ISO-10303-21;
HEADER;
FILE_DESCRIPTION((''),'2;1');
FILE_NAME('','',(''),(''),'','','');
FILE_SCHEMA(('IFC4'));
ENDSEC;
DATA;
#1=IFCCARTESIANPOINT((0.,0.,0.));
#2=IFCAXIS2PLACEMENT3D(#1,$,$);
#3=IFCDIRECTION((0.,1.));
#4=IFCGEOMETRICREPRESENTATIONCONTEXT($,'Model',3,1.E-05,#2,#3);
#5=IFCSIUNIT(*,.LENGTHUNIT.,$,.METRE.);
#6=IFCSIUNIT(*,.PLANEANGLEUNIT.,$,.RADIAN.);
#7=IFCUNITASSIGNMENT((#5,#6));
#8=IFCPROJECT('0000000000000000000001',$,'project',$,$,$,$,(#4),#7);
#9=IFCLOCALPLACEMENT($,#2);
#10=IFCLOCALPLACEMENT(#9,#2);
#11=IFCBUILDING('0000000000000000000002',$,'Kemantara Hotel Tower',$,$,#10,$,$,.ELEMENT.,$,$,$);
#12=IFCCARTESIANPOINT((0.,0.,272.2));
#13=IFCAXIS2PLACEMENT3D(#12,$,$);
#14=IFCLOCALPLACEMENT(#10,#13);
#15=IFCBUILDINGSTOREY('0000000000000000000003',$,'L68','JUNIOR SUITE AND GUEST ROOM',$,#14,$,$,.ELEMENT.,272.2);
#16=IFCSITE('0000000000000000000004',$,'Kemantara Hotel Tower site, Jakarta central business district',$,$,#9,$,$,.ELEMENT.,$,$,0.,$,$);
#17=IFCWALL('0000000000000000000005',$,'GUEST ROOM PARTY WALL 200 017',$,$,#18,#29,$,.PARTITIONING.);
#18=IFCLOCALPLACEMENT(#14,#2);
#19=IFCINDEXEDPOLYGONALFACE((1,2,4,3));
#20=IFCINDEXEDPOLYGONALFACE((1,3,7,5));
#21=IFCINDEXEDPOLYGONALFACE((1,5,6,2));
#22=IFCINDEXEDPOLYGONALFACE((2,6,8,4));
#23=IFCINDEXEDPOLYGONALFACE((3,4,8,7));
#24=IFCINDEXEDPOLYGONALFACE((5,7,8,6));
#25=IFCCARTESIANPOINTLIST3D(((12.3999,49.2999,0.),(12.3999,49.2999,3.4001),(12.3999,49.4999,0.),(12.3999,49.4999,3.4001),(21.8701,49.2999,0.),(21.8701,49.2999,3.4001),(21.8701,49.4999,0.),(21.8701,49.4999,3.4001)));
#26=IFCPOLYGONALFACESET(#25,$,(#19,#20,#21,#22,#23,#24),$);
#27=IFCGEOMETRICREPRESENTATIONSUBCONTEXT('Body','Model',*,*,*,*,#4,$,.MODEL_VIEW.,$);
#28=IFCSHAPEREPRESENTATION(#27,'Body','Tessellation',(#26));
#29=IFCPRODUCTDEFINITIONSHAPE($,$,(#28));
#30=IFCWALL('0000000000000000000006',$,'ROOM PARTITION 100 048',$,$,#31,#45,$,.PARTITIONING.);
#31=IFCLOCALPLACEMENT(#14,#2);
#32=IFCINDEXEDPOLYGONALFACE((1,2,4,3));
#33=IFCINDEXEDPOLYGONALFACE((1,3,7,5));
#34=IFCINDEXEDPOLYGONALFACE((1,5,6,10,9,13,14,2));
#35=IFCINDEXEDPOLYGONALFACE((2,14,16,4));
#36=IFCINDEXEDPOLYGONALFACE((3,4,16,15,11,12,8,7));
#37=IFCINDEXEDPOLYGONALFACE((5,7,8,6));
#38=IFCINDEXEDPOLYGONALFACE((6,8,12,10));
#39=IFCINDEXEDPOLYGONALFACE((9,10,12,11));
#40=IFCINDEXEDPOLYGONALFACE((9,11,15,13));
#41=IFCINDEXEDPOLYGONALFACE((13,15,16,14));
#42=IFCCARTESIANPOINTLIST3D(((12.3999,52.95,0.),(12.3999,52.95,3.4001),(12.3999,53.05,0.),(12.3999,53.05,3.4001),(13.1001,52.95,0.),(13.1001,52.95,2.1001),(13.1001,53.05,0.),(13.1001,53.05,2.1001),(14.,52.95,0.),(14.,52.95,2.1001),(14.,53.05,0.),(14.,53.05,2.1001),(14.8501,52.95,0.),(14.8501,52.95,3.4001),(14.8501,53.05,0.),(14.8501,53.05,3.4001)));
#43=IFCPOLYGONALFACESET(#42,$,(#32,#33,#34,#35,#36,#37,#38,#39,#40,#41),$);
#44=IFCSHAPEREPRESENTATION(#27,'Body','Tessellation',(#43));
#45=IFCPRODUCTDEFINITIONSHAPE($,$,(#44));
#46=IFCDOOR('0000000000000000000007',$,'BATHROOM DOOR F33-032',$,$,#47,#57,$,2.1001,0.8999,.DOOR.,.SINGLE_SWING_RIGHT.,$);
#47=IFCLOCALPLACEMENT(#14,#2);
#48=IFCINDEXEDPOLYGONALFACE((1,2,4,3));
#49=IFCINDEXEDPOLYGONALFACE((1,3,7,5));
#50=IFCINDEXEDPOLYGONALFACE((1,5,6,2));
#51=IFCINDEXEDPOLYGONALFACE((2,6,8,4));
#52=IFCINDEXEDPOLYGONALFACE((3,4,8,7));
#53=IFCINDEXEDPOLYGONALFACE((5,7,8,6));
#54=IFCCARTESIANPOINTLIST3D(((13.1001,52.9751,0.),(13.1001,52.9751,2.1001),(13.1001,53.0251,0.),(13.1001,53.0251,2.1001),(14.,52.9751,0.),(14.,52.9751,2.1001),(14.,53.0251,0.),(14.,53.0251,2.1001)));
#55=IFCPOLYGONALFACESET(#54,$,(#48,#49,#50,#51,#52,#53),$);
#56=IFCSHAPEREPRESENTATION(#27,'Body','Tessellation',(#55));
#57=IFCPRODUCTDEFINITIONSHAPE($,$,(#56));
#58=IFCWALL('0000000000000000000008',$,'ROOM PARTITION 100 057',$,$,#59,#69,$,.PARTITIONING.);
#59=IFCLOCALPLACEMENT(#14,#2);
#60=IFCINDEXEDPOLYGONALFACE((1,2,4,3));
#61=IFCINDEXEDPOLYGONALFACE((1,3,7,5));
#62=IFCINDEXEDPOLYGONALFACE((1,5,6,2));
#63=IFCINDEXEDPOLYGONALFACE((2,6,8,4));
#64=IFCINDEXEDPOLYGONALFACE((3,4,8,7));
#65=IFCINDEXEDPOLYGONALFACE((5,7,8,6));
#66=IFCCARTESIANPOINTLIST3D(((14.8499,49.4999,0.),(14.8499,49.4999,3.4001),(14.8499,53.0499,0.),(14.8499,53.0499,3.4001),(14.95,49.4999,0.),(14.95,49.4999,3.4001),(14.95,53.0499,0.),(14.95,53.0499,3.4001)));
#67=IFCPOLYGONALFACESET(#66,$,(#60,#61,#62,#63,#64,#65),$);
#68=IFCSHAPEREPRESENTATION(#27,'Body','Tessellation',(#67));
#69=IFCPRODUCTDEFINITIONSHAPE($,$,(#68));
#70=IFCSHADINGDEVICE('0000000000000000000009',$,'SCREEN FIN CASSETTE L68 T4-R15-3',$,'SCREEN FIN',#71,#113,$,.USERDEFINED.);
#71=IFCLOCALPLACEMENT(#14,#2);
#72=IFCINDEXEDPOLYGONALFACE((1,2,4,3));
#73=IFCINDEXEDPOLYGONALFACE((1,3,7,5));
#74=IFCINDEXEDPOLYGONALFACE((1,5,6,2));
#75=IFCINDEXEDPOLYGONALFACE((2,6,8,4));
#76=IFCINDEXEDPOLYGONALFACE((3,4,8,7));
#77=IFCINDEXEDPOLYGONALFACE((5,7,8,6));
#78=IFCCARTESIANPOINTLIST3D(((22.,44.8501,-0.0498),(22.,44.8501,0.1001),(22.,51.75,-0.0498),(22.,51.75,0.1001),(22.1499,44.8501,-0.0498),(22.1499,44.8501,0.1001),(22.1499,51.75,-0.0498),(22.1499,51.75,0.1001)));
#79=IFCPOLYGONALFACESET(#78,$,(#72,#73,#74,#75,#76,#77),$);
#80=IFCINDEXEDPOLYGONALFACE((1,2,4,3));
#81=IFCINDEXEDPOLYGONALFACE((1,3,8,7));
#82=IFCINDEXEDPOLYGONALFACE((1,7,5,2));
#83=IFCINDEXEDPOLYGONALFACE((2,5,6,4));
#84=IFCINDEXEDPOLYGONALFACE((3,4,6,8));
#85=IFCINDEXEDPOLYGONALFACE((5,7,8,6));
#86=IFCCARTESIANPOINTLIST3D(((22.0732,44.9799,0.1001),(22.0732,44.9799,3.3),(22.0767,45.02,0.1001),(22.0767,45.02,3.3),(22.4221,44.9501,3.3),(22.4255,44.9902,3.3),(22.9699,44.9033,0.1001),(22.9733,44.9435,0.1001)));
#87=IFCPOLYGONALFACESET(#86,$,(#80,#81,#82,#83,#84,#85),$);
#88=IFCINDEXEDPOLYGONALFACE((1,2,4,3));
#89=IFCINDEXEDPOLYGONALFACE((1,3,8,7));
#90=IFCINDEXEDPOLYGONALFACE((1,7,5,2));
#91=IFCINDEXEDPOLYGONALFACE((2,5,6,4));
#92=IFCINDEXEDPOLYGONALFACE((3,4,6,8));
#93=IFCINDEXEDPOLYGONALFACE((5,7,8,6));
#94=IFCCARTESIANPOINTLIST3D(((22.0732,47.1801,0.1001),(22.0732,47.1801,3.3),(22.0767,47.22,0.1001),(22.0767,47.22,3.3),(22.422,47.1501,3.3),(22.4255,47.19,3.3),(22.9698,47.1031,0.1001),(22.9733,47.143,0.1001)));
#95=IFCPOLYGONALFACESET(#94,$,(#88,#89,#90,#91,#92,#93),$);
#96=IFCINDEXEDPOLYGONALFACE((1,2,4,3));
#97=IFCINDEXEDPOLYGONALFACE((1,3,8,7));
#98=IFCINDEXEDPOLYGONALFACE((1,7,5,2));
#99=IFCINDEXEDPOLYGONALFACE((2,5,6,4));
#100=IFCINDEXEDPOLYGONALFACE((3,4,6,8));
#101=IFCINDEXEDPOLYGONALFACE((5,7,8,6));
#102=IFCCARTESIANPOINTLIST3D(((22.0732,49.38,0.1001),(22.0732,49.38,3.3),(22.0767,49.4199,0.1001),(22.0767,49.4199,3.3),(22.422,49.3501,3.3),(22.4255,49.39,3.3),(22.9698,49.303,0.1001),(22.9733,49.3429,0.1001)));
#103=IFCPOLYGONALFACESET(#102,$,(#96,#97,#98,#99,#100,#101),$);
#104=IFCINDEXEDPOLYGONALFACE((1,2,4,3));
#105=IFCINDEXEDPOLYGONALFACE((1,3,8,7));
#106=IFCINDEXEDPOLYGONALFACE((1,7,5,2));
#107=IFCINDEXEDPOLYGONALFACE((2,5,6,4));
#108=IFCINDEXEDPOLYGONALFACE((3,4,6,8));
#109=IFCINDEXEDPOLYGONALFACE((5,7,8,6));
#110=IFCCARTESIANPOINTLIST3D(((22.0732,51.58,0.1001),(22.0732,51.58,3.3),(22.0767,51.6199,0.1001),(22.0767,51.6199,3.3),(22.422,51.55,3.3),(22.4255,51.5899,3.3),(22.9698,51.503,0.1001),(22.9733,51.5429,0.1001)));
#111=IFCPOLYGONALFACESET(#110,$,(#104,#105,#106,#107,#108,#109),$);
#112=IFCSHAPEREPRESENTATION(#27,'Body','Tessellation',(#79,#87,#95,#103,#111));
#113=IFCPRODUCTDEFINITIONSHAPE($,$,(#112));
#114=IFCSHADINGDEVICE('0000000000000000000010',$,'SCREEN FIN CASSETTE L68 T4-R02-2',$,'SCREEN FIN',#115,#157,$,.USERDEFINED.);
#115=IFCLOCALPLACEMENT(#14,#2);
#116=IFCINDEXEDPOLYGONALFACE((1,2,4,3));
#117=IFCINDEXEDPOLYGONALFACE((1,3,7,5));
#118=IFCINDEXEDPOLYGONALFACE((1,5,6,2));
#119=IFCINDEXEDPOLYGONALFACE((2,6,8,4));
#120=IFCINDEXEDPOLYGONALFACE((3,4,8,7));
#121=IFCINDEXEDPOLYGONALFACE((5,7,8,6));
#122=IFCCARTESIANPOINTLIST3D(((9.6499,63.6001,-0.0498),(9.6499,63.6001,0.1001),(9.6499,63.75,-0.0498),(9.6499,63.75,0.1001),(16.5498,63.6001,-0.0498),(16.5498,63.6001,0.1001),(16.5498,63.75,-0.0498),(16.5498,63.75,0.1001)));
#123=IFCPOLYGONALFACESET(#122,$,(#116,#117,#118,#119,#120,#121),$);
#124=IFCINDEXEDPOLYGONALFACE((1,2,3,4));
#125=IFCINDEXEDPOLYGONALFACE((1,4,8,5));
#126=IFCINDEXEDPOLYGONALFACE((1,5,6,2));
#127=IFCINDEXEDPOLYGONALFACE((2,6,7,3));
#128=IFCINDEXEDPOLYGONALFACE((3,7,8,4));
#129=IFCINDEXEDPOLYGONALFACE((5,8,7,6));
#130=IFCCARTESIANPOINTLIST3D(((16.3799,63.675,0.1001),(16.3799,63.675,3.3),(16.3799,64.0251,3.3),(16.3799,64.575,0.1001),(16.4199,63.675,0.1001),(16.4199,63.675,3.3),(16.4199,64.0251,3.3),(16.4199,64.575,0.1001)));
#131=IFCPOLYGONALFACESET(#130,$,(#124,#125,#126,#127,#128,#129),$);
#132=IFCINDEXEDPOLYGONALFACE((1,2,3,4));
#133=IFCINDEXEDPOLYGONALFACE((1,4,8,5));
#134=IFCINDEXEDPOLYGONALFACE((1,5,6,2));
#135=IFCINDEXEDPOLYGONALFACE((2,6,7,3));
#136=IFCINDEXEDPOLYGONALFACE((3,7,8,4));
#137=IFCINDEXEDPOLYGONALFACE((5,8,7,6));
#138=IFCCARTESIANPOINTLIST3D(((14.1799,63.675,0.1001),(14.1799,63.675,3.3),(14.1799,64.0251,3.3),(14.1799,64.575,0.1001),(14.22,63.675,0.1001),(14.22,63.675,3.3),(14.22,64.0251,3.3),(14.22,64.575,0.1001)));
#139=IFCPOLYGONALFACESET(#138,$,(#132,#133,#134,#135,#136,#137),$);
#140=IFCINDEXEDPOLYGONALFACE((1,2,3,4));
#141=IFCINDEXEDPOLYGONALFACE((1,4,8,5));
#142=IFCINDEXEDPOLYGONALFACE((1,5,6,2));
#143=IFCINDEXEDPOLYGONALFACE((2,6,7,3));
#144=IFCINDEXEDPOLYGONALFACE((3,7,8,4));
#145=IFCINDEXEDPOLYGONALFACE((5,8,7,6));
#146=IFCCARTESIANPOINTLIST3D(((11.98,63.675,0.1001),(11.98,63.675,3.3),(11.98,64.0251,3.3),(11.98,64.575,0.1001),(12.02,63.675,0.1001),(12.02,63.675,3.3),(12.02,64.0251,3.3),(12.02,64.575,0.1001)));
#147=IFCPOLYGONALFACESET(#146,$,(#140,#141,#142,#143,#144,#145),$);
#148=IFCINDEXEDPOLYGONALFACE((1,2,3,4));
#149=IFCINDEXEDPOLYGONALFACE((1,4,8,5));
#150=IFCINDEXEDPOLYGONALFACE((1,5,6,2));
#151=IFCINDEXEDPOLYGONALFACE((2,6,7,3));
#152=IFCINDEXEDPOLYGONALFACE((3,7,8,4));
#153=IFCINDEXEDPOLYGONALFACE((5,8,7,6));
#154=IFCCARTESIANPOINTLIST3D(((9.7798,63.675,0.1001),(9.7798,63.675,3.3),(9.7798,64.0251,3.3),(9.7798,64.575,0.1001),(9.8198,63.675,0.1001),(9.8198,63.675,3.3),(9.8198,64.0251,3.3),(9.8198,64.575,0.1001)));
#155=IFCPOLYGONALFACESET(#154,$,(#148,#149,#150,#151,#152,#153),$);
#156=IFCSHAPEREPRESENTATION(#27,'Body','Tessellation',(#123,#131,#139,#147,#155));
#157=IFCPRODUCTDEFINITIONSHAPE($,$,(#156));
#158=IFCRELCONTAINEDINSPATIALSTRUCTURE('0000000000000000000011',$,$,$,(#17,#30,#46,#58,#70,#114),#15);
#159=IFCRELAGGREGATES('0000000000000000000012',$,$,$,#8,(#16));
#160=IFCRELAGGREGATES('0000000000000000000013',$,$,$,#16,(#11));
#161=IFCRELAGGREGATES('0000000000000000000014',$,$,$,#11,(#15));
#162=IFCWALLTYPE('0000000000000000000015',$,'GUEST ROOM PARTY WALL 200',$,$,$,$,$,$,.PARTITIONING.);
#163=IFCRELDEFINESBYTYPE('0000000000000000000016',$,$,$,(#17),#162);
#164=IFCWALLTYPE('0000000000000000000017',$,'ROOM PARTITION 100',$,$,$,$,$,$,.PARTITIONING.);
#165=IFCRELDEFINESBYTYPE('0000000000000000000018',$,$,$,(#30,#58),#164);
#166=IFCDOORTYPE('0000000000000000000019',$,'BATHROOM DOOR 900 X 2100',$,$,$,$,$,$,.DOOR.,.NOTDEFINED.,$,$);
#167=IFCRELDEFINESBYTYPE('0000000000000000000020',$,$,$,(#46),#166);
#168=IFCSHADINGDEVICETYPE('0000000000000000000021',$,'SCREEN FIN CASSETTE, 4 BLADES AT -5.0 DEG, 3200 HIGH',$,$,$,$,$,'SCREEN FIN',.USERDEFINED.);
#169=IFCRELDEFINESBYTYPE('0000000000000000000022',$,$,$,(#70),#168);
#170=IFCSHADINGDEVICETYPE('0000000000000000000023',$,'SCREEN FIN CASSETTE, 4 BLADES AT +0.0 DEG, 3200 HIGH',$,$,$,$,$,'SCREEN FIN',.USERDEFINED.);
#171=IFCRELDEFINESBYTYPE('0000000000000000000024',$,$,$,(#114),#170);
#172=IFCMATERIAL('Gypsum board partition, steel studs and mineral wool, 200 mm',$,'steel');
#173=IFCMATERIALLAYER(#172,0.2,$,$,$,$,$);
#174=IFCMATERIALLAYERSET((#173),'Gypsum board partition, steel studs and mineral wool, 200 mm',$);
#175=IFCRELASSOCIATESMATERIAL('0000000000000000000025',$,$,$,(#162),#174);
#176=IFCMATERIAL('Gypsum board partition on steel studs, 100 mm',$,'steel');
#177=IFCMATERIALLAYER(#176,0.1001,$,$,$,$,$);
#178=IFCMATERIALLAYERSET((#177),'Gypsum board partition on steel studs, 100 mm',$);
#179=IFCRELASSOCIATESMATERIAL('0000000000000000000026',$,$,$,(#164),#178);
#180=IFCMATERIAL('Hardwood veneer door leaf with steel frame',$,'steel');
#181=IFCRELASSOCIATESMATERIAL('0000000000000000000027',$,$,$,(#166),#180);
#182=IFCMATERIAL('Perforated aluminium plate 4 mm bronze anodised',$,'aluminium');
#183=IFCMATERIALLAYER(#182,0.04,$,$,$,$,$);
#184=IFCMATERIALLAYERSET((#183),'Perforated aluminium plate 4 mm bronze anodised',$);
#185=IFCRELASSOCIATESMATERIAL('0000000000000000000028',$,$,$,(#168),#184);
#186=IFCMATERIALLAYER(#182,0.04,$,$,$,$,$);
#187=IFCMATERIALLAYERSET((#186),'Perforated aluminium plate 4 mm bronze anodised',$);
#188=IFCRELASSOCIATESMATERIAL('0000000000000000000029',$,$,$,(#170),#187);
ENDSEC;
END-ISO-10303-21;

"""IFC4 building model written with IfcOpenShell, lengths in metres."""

from ifc_helpers import new_model, si_unit, direction, frame, frame_2d, origin, origin_2d, place, context, subcontext, project, spatial, polyline, rectangle, outline, extrude, source, transform, mapped, material, layer, layer_set, type_object, element, fill, save


model = new_model("IFC4")

# Units and contexts
model_context = context("Model", 3, precision=1e-05, world=origin(), true_north=direction((0.0, 1.0)))
body_context = subcontext(model_context, "Body", "Model", "MODEL_VIEW")
ifc_project = project(units=[si_unit("LENGTHUNIT", "METRE"), si_unit("PLANEANGLEUNIT", "RADIAN")], contexts=[model_context])

# Site, building, storey
site_placement = place(None, origin())
site = spatial("IfcSite", under=ifc_project, at=site_placement, Name="Kemantara Hotel Tower site, Jakarta central business district", CompositionType="ELEMENT", RefElevation=0.0)
building_placement = place(site_placement, origin())
building = spatial("IfcBuilding", under=site, at=building_placement, Name="Kemantara Hotel Tower", CompositionType="ELEMENT")
storey_placement = place(building_placement, frame((0.0, 0.0, 272.2)))
storey = spatial("IfcBuildingStorey", under=building, at=storey_placement, Name="L68", Description="JUNIOR SUITE AND GUEST ROOM", CompositionType="ELEMENT", Elevation=272.2)

# Shared definitions
ifc_material_1 = material(Name="Gypsum board partition, steel studs and mineral wool, 200 mm", Category="steel")
ifc_material_2 = material(Name="Hardwood veneer door leaf with steel frame", Category="steel")

# Wall
ifc_layer_1 = layer(ifc_material_1, 0.2)
ifc_layer_set_1 = layer_set([ifc_layer_1], Name="Gypsum board partition, steel studs and mineral wool, 200 mm")
wall_type_1 = type_object("IfcWallType", Name="GUEST ROOM PARTY WALL 200", PredefinedType="PARTITIONING", material=ifc_layer_set_1)
wall_1_placement = place(storey_placement, frame((12.3999, 49.3999, 0.0), z_axis=(0.0, 0.0, 1.0), x_axis=(1.0, 0.0, 0.0)))
element("IfcWall", 1, at=wall_1_placement, inside=storey, type_object=wall_type_1, Name="GUEST ROOM PARTY WALL 200 017", PredefinedType="PARTITIONING", context=body_context, shape_type="SweptSolid", body=[
    extrude(rectangle(XDim=9.4702, YDim=0.2, at=frame_2d((4.7351, 0.0))), origin(), (0.0, 0.0, 1.0), 3.4001),
])

# Wall, opening, door
ifc_material_3 = material(Name="Gypsum board partition on steel studs, 100 mm", Category="steel")
ifc_layer_2 = layer(ifc_material_3, 0.1001)
ifc_layer_set_2 = layer_set([ifc_layer_2], Name="Gypsum board partition on steel studs, 100 mm")
wall_type_2 = type_object("IfcWallType", Name="ROOM PARTITION 100", PredefinedType="PARTITIONING", material=ifc_layer_set_2)
wall_2_placement = place(storey_placement, frame((14.8501, 53.0, 0.0), z_axis=(0.0, 0.0, 1.0), x_axis=(-1.0, 0.0, 0.0)))
wall_2 = element("IfcWall", 2, at=wall_2_placement, inside=storey, type_object=wall_type_2, Name="ROOM PARTITION 100 048", PredefinedType="PARTITIONING", context=body_context, shape_type="SweptSolid", body=[
    extrude(rectangle(XDim=2.4502, YDim=0.1001, at=frame_2d((1.2251, 0.0))), origin(), (0.0, 0.0, 1.0), 3.4001),
])
opening_1_placement = place(wall_2_placement, frame((0.8501, 0.0, 0.0)))
opening_1 = element("IfcOpeningElement", 3, at=opening_1_placement, cuts=wall_2, PredefinedType="OPENING", context=body_context, shape_type="SweptSolid", body=[
    extrude(rectangle(XDim=0.8999, YDim=2.1001, at=frame_2d((0.45, 1.05))), frame((0.0, 0.0601, 0.0), z_axis=(0.0, -1.0, 0.0), x_axis=(1.0, 0.0, 0.0)), (0.0, 0.0, 1.0), 0.1201),
])
door_type_1 = type_object("IfcDoorType", Name="BATHROOM DOOR 900 X 2100", OperationType="NOTDEFINED", PredefinedType="DOOR", material=ifc_material_2)
door_1_placement = place(opening_1_placement, origin())
door_1 = element("IfcDoor", 4, at=door_1_placement, inside=storey, type_object=door_type_1, Name="BATHROOM DOOR F33-032", OperationType="SINGLE_SWING_RIGHT", OverallHeight=2.1001, OverallWidth=0.8999, PredefinedType="DOOR", context=body_context, shape_type="SweptSolid", body=[
    extrude(rectangle(XDim=0.8999, YDim=2.1001, at=frame_2d((0.45, 1.05))), frame((0.0, 0.0249, 0.0), z_axis=(0.0, -1.0, 0.0), x_axis=(1.0, 0.0, 0.0)), (0.0, 0.0, 1.0), 0.05),
])
fill(opening_1, door_1)

# Wall
wall_3_placement = place(storey_placement, frame((14.8999, 49.5, 0.0), z_axis=(0.0, 0.0, 1.0), x_axis=(0.0, 1.0, 0.0)))
element("IfcWall", 5, at=wall_3_placement, inside=storey, type_object=wall_type_2, Name="ROOM PARTITION 100 057", PredefinedType="PARTITIONING", context=body_context, shape_type="SweptSolid", body=[
    extrude(rectangle(XDim=3.55, YDim=0.1001, at=frame_2d((1.7749, 0.0))), origin(), (0.0, 0.0, 1.0), 3.4001),
])

# Shading devices
ifc_material_4 = material(Name="Perforated aluminium plate 4 mm bronze anodised", Category="aluminium")
ifc_layer_3 = layer(ifc_material_4, 0.04)
ifc_layer_set_3 = layer_set([ifc_layer_3], Name="Perforated aluminium plate 4 mm bronze anodised")
shading_device_type_1 = type_object("IfcShadingDeviceType", Name="SCREEN FIN CASSETTE, 4 BLADES AT -5.0 DEG, 3200 HIGH", ElementType="SCREEN FIN", PredefinedType="USERDEFINED", material=ifc_layer_set_3)
shared_shape_1 = source(origin(), body_context, "Body", "SweptSolid", [
    extrude(rectangle(XDim=6.8999, YDim=0.1499, at=origin_2d()), frame((3.3, -0.075, -0.1499), z_axis=(0.0, 0.0, 1.0), x_axis=(1.0, 0.0, 0.0)), (0.0, 0.0, 1.0), 0.1499),
    extrude(outline(polyline([(0.0, 0.0), (0.8999, 0.0), (0.3501, 3.2), (0.0, 3.2), (0.0, 0.0)])), frame((0.02, -0.0767, 0.0), z_axis=(-0.996376, 0.085056, 0.0), x_axis=(-0.085056, -0.996376, 0.0)), (0.0, 0.0, 1.0), 0.0403),
    extrude(outline(polyline([(0.0, 0.0), (0.8999, 0.0), (0.3501, 3.2), (0.0, 3.2), (0.0, 0.0)])), frame((2.22, -0.0767, 0.0), z_axis=(-0.996332, 0.085575, 0.0), x_axis=(-0.085575, -0.996332, 0.0)), (0.0, 0.0, 1.0), 0.04),
    extrude(outline(polyline([(0.0, 0.0), (0.8999, 0.0), (0.3501, 3.2), (0.0, 3.2), (0.0, 0.0)])), frame((4.4199, -0.0767, 0.0), z_axis=(-0.996332, 0.085575, 0.0), x_axis=(-0.085575, -0.996332, 0.0)), (0.0, 0.0, 1.0), 0.04),
    extrude(outline(polyline([(0.0, 0.0), (0.8999, 0.0), (0.3501, 3.2), (0.0, 3.2), (0.0, 0.0)])), frame((6.6199, -0.0767, 0.0), z_axis=(-0.996332, 0.085575, 0.0), x_axis=(-0.085575, -0.996332, 0.0)), (0.0, 0.0, 1.0), 0.04),
])
shading_device_1_placement = place(storey_placement, frame((22.0, 45.0, 0.1001), z_axis=(0.0, 0.0, 1.0), x_axis=(0.0, 1.0, 0.0)))
element("IfcShadingDevice", 6, at=shading_device_1_placement, inside=storey, type_object=shading_device_type_1, Name="SCREEN FIN CASSETTE L68 T4-R15-3", ObjectType="SCREEN FIN", PredefinedType="USERDEFINED", context=body_context, shape_type="MappedRepresentation", body=[
    mapped(shared_shape_1, transform((0.0, 0.0, 0.0))),
])
ifc_layer_4 = layer(ifc_material_4, 0.04)
ifc_layer_set_4 = layer_set([ifc_layer_4], Name="Perforated aluminium plate 4 mm bronze anodised")
shading_device_type_2 = type_object("IfcShadingDeviceType", Name="SCREEN FIN CASSETTE, 4 BLADES AT +0.0 DEG, 3200 HIGH", ElementType="SCREEN FIN", PredefinedType="USERDEFINED", material=ifc_layer_set_4)
shared_shape_2 = source(origin(), body_context, "Body", "SweptSolid", [
    extrude(rectangle(XDim=6.8999, YDim=0.1499, at=origin_2d()), frame((3.3, -0.075, -0.1499), z_axis=(0.0, 0.0, 1.0), x_axis=(1.0, 0.0, 0.0)), (0.0, 0.0, 1.0), 0.1499),
    extrude(outline(polyline([(0.0, 0.0), (0.8999, 0.0), (0.3501, 3.2), (0.0, 3.2), (0.0, 0.0)])), frame((0.02, -0.075, 0.0), z_axis=(-1.0, 0.0, 0.0), x_axis=(0.0, -1.0, 0.0)), (0.0, 0.0, 1.0), 0.04),
    extrude(outline(polyline([(0.0, 0.0), (0.8999, 0.0), (0.3501, 3.2), (0.0, 3.2), (0.0, 0.0)])), frame((2.22, -0.075, 0.0), z_axis=(-1.0, 0.0, 0.0), x_axis=(0.0, -1.0, 0.0)), (0.0, 0.0, 1.0), 0.04),
    extrude(outline(polyline([(0.0, 0.0), (0.8999, 0.0), (0.3501, 3.2), (0.0, 3.2), (0.0, 0.0)])), frame((4.4199, -0.075, 0.0), z_axis=(-1.0, 0.0, 0.0), x_axis=(0.0, -1.0, 0.0)), (0.0, 0.0, 1.0), 0.04),
    extrude(outline(polyline([(0.0, 0.0), (0.8999, 0.0), (0.3501, 3.2), (0.0, 3.2), (0.0, 0.0)])), frame((6.6201, -0.075, 0.0), z_axis=(-1.0, 0.0, 0.0), x_axis=(0.0, -1.0, 0.0)), (0.0, 0.0, 1.0), 0.04),
])
shading_device_2_placement = place(storey_placement, frame((16.3999, 63.6001, 0.1001), z_axis=(0.0, 0.0, 1.0), x_axis=(-1.0, 0.0, 0.0)))
element("IfcShadingDevice", 7, at=shading_device_2_placement, inside=storey, type_object=shading_device_type_2, Name="SCREEN FIN CASSETTE L68 T4-R02-2", ObjectType="SCREEN FIN", PredefinedType="USERDEFINED", context=body_context, shape_type="MappedRepresentation", body=[
    mapped(shared_shape_2, transform((0.0, 0.0, 0.0))),
])

save(model, "model.ifc")
